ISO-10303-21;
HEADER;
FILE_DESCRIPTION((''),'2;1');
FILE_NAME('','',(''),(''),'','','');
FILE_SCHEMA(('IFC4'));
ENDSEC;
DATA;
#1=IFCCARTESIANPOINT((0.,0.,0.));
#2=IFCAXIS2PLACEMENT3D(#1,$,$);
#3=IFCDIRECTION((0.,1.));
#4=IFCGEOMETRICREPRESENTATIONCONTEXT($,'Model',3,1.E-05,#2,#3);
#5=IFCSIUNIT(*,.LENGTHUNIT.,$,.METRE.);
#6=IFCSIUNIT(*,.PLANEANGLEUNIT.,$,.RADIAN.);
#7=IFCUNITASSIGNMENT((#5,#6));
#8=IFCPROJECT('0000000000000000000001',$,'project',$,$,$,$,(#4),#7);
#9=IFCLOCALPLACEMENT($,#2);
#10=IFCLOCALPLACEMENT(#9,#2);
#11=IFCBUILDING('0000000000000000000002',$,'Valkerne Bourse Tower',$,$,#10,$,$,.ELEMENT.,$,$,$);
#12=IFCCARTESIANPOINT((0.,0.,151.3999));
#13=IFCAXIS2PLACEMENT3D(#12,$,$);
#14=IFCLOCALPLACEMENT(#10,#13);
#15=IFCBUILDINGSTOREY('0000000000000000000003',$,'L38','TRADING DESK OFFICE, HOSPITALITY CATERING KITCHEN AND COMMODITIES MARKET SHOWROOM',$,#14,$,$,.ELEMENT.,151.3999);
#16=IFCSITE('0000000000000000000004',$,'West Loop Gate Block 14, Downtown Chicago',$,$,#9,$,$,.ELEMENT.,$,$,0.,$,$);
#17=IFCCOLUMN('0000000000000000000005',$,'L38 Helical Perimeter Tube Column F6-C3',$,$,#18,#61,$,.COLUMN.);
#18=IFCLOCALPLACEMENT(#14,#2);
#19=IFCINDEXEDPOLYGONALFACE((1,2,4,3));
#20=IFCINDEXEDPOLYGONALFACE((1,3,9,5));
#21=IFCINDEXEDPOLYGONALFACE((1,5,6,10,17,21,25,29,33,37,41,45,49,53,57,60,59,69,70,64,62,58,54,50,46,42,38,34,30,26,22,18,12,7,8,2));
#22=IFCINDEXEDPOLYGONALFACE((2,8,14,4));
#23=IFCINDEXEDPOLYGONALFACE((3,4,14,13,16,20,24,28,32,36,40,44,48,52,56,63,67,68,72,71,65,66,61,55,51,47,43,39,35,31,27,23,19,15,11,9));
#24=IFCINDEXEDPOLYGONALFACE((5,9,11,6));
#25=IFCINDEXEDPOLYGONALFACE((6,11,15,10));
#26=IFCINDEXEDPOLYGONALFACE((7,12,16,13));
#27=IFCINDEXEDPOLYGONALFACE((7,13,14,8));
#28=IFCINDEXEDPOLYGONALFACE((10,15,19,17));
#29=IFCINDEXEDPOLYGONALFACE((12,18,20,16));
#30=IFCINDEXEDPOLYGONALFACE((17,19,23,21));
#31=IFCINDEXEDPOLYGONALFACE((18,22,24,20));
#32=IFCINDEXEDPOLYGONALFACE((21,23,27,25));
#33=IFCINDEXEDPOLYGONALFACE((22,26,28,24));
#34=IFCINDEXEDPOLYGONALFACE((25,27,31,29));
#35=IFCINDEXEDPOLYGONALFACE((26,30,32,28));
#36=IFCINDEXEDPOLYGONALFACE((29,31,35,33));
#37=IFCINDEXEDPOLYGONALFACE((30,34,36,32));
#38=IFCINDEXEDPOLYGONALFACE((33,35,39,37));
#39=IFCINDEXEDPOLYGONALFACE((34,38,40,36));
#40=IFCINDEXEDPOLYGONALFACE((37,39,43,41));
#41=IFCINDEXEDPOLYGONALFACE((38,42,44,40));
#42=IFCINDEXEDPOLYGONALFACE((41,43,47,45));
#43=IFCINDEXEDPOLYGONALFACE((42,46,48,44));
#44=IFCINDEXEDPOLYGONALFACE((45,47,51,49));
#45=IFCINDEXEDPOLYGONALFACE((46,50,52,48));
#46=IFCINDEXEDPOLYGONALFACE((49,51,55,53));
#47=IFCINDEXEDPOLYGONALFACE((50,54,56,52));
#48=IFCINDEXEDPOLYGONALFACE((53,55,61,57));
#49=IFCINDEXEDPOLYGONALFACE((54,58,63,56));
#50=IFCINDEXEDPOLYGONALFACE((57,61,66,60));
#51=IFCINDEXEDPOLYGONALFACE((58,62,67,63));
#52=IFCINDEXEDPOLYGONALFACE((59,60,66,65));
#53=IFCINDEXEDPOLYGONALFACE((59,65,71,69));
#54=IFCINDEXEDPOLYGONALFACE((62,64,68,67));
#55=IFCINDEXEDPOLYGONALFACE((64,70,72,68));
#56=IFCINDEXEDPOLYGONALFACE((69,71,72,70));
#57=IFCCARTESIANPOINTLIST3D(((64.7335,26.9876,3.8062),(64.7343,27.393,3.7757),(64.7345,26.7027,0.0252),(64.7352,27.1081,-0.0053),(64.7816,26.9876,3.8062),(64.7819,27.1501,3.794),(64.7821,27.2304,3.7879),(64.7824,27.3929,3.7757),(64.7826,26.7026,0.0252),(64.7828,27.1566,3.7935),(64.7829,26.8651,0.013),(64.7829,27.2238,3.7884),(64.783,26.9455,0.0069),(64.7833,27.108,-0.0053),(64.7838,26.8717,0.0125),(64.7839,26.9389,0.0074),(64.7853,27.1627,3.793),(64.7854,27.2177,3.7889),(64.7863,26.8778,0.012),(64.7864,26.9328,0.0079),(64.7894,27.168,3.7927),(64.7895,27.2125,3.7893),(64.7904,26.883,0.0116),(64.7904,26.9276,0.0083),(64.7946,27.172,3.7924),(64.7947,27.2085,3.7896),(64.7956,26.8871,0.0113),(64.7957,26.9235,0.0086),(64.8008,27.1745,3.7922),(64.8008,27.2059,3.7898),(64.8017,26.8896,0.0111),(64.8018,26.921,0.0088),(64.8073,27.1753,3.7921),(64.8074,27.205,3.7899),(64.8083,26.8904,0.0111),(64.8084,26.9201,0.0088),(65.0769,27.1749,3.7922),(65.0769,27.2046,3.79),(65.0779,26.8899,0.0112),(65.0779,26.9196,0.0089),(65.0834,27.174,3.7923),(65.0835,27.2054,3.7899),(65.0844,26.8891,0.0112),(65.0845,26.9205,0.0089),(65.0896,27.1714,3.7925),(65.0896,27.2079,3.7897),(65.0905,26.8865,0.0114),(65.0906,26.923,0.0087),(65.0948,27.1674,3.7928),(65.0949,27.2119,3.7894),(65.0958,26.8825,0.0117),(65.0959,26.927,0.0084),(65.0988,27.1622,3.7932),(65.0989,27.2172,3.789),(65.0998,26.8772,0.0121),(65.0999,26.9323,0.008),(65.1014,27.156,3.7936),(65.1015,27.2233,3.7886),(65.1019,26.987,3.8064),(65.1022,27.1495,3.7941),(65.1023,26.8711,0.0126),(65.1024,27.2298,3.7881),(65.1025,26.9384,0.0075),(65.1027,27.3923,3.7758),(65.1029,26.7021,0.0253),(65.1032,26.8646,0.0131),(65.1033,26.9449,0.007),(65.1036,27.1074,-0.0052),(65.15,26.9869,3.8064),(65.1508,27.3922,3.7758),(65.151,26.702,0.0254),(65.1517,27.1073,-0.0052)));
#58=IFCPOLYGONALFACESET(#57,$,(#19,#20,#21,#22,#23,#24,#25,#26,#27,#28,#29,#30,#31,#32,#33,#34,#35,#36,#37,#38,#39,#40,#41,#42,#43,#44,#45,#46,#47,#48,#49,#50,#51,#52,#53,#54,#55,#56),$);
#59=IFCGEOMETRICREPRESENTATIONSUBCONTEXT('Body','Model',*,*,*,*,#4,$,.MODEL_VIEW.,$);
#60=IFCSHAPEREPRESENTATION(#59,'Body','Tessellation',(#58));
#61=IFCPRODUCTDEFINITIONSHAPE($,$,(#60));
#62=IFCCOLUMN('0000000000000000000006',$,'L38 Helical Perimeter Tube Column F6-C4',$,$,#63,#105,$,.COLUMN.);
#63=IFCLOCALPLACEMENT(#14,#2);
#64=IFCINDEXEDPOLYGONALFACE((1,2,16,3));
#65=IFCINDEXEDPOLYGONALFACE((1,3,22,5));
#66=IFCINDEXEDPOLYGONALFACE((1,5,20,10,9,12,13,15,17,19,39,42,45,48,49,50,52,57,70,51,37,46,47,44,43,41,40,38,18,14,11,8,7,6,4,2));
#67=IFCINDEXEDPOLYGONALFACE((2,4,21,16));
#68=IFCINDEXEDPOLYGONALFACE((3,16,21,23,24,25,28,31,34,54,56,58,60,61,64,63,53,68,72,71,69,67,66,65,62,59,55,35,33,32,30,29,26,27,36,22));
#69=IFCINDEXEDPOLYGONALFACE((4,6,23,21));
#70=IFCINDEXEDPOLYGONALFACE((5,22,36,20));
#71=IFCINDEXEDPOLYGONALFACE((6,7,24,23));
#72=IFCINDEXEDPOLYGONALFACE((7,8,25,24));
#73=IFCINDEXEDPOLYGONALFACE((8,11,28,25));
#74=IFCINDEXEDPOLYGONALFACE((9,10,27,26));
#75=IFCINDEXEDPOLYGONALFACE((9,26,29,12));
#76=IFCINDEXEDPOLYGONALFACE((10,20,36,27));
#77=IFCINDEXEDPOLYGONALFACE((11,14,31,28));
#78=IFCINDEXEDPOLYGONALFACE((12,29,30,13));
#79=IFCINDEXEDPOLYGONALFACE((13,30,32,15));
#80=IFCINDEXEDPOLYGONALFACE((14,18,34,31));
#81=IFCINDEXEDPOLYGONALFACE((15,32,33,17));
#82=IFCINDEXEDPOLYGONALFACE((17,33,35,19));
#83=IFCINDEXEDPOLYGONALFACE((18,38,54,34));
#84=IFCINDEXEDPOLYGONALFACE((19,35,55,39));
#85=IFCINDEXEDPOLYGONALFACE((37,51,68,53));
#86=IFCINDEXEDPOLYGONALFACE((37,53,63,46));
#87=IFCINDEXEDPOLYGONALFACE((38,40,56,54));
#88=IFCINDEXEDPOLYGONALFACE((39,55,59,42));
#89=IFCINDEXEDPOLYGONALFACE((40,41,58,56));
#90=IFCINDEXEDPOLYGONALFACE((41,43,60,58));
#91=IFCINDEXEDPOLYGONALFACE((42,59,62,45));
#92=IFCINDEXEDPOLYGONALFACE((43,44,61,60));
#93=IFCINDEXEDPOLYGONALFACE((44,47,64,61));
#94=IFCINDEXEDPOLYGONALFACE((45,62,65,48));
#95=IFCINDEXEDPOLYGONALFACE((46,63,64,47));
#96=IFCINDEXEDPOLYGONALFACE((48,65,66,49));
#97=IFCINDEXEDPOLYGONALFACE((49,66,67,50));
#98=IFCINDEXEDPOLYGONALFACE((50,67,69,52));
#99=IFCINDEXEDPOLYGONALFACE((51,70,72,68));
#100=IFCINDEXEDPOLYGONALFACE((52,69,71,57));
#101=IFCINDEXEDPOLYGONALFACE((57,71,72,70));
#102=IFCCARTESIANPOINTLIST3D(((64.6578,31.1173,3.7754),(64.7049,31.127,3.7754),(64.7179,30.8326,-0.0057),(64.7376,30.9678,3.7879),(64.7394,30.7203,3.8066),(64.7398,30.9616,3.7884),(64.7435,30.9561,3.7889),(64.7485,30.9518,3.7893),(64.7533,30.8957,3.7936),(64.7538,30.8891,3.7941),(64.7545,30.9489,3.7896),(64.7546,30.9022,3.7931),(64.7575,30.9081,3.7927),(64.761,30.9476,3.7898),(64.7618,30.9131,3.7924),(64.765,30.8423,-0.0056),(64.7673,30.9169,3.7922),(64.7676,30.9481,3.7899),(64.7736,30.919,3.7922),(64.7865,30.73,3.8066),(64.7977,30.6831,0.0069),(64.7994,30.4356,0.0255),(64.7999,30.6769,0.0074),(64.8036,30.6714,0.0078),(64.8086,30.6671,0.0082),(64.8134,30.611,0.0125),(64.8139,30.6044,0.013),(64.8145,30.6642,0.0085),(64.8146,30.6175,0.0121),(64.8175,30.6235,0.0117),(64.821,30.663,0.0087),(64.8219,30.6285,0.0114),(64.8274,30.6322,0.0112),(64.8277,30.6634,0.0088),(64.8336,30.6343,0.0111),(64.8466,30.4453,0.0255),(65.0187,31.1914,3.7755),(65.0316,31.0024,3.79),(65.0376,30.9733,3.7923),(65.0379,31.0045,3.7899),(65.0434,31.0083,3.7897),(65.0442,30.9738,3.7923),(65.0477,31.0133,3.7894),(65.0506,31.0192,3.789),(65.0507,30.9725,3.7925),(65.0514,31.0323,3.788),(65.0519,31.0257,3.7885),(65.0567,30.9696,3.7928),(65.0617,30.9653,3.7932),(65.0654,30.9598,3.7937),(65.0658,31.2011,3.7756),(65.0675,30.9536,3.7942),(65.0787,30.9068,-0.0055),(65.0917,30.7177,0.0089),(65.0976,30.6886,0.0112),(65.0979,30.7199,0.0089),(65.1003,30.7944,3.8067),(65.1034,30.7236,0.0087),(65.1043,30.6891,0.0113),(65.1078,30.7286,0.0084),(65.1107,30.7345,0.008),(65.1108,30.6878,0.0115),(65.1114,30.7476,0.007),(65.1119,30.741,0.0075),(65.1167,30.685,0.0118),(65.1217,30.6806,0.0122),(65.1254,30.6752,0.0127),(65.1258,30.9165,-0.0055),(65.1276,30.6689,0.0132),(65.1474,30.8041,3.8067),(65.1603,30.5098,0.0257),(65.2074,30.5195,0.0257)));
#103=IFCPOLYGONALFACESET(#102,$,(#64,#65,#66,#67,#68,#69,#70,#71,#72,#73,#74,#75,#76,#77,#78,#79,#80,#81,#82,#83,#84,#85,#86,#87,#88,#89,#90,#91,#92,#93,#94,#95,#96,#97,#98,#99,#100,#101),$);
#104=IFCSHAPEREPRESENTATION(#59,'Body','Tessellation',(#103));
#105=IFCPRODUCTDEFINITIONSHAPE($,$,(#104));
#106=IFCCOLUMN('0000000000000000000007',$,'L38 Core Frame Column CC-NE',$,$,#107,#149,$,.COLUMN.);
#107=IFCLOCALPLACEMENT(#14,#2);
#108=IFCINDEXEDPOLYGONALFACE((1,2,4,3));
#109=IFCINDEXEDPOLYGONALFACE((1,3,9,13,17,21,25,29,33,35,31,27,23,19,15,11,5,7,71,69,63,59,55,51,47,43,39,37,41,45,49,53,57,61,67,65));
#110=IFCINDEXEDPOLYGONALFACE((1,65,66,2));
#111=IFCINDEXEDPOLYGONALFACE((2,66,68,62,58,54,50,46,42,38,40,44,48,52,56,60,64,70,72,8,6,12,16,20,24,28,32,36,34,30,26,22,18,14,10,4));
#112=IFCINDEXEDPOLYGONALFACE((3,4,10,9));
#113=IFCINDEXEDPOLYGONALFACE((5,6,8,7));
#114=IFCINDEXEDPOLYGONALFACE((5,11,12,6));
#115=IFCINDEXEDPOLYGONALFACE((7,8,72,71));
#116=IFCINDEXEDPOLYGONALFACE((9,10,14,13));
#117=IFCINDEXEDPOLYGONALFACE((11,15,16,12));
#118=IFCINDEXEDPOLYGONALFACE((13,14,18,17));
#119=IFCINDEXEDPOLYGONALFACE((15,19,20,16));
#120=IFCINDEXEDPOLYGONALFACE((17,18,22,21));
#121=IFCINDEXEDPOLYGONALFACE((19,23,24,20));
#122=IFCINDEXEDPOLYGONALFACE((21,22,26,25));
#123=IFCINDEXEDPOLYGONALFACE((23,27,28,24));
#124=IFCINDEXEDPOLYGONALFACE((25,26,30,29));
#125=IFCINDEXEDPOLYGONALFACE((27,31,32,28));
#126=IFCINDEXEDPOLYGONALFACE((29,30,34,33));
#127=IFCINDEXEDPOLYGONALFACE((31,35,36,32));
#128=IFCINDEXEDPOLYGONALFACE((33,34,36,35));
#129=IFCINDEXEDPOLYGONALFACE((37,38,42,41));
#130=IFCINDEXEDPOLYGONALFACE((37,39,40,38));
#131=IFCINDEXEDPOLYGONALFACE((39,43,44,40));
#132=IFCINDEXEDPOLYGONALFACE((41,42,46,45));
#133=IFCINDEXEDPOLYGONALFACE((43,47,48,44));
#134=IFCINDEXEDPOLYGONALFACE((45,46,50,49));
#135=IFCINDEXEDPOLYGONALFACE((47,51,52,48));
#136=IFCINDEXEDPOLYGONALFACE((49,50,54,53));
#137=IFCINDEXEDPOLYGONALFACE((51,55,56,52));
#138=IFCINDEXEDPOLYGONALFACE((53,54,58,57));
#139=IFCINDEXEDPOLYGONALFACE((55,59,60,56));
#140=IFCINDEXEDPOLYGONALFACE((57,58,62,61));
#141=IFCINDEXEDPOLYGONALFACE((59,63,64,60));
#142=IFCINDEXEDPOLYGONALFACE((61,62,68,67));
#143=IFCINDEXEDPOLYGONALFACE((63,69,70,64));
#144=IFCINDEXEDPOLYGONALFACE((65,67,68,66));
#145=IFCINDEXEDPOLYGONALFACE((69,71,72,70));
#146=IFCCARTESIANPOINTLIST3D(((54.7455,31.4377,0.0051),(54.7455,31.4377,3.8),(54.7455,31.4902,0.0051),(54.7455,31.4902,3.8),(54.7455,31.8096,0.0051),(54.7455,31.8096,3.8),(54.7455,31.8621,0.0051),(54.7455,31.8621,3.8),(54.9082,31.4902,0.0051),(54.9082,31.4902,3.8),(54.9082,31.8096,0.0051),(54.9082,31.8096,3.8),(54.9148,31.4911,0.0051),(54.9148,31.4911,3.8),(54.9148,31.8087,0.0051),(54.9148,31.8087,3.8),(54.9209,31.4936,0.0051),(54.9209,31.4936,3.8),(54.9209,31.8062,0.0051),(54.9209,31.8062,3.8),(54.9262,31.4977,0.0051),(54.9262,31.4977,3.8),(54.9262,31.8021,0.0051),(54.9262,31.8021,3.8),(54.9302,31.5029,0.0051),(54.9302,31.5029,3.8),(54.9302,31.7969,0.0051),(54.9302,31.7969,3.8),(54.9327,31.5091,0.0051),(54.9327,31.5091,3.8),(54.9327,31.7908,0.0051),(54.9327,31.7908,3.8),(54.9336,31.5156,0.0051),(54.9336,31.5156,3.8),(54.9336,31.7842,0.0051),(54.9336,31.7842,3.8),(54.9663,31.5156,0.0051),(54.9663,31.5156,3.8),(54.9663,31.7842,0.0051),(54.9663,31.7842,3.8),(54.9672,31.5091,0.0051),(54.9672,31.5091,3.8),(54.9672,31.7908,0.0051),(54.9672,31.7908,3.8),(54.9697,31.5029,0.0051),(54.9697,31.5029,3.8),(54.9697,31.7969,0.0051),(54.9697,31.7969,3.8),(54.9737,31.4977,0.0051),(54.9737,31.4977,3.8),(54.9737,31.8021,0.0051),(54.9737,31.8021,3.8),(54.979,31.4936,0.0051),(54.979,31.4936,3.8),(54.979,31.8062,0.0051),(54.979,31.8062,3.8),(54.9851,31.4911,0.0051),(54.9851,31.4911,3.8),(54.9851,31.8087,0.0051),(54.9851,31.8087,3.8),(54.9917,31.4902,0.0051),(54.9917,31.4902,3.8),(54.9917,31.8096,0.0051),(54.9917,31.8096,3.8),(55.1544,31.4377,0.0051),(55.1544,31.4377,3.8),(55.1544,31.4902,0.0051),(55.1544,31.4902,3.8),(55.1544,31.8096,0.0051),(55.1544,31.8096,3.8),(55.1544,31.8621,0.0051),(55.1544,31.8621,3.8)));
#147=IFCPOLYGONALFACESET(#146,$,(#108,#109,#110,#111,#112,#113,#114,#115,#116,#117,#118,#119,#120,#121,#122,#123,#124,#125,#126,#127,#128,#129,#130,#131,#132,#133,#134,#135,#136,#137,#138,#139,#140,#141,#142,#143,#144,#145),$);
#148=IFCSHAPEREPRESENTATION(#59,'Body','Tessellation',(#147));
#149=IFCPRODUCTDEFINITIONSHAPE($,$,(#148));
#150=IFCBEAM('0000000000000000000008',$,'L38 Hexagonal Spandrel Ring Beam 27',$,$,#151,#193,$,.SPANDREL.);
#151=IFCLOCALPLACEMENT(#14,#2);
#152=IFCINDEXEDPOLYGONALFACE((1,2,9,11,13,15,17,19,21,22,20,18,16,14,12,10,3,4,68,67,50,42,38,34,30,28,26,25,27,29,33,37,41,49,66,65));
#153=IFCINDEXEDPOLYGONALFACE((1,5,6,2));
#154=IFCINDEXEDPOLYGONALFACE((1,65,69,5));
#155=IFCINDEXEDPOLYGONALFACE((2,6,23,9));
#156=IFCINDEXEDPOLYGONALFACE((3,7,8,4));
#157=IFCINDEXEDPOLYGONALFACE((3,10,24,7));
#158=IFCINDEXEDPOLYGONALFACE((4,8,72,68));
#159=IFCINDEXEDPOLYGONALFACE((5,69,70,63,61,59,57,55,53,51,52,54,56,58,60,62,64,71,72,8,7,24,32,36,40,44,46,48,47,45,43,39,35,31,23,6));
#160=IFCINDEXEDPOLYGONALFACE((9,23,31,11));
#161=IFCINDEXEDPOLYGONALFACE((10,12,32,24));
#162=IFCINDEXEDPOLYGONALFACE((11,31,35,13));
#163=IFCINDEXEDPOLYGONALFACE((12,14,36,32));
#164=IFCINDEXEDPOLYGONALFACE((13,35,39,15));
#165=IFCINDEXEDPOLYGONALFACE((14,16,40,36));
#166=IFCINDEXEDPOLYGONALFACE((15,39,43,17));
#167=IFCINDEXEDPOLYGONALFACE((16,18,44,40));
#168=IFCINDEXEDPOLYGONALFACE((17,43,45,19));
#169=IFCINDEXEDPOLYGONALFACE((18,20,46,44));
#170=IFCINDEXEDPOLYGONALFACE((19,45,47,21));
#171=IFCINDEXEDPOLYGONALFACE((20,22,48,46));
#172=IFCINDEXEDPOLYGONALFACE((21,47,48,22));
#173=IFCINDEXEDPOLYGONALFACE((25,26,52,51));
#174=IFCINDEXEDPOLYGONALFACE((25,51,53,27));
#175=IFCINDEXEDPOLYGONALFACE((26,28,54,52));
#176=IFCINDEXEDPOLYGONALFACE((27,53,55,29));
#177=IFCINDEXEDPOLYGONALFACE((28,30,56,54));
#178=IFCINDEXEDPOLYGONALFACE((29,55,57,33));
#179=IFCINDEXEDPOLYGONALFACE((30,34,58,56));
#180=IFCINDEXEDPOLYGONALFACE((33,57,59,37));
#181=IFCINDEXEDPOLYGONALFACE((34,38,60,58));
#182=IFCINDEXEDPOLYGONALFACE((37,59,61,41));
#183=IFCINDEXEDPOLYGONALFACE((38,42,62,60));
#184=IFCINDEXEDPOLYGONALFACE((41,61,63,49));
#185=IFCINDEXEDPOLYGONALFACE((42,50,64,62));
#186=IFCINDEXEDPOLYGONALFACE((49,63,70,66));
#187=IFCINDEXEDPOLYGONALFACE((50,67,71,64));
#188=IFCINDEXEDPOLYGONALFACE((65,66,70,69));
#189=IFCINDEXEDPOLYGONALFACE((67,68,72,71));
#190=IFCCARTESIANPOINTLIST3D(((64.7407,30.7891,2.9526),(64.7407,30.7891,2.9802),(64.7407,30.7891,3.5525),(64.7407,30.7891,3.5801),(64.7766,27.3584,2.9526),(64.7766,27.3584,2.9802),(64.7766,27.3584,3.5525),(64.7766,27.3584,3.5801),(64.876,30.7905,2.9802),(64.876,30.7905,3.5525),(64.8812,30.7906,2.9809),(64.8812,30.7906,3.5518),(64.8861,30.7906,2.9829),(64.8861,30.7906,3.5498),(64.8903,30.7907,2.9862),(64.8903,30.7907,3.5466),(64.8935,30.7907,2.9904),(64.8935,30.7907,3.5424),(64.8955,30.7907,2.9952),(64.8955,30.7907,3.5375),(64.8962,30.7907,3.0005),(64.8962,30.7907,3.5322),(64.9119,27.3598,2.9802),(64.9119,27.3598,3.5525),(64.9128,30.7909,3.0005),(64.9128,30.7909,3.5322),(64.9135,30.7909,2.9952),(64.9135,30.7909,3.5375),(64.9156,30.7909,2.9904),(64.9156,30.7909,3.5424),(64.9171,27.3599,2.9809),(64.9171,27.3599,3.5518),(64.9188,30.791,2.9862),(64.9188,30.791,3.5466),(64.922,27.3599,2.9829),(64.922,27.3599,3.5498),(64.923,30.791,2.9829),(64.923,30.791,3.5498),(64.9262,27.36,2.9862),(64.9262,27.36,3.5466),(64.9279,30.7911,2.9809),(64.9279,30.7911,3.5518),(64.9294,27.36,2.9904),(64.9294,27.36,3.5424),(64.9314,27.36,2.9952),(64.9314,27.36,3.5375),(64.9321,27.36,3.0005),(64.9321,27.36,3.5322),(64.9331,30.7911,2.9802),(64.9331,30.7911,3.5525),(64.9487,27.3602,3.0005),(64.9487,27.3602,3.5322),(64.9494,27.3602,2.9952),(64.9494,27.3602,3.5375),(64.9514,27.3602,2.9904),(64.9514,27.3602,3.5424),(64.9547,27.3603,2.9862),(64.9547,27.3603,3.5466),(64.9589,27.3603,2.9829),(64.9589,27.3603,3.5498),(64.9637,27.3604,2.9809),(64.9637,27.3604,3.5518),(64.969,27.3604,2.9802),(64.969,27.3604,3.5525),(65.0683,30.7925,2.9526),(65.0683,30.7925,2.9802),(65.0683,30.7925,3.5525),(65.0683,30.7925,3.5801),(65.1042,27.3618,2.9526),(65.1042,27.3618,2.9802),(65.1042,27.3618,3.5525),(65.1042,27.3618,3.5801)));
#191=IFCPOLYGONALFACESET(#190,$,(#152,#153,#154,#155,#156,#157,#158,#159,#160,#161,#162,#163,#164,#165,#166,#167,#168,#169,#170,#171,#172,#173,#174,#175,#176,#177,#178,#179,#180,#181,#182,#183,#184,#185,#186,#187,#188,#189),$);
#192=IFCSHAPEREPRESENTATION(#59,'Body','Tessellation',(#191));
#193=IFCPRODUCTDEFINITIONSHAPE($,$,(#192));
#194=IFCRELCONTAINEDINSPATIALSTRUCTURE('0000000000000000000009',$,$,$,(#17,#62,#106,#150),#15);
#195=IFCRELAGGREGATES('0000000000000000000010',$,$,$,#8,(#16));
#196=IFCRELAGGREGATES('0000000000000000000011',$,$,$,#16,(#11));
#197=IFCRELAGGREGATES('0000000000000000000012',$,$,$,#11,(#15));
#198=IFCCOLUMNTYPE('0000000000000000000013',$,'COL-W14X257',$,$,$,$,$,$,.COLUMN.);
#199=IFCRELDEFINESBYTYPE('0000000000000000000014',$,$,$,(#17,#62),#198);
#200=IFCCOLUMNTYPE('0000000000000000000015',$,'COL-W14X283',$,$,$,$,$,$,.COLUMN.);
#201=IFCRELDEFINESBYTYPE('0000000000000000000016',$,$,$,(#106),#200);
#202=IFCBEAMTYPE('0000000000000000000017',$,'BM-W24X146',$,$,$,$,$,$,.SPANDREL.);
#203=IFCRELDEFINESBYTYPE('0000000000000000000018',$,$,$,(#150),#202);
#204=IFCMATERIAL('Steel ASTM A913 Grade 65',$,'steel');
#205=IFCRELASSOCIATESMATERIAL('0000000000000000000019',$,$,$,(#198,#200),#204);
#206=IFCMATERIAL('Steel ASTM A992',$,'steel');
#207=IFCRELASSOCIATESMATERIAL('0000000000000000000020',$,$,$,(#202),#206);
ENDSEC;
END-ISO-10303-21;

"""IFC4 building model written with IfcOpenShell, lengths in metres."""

from ifc_helpers import new_model, si_unit, direction, frame, origin, origin_2d, place, context, subcontext, project, spatial, i_section, extrude, material, material_profile, profile_set, type_object, element, save


model = new_model("IFC4")

# Units and contexts
model_context = context("Model", 3, precision=1e-05, world=origin(), true_north=direction((0.0, 1.0)))
body_context = subcontext(model_context, "Body", "Model", "MODEL_VIEW")
ifc_project = project(units=[si_unit("LENGTHUNIT", "METRE"), si_unit("PLANEANGLEUNIT", "RADIAN")], contexts=[model_context])

# Site, building, storey
site_placement = place(None, origin())
site = spatial("IfcSite", under=ifc_project, at=site_placement, Name="West Loop Gate Block 14, Downtown Chicago", CompositionType="ELEMENT", RefElevation=0.0)
building_placement = place(site_placement, origin())
building = spatial("IfcBuilding", under=site, at=building_placement, Name="Valkerne Bourse Tower", CompositionType="ELEMENT")
storey_placement = place(building_placement, frame((0.0, 0.0, 151.3999)))
storey = spatial("IfcBuildingStorey", under=building, at=storey_placement, Name="L38", Description="TRADING DESK OFFICE, HOSPITALITY CATERING KITCHEN AND COMMODITIES MARKET SHOWROOM", CompositionType="ELEMENT", Elevation=151.3999)

# Columns
ifc_material_1 = material(Name="Steel ASTM A913 Grade 65", Category="steel")
ifc_material_profile_1 = material_profile(ifc_material_1, i_section(OverallWidth=0.4065, OverallDepth=0.4165, WebThickness=0.0298, FlangeThickness=0.0481, FilletRadius=0.0254, at=origin_2d()), Name="W14X257")
ifc_profile_set_1 = profile_set([ifc_material_profile_1], Name="Steel ASTM A913 Grade 65")
column_type_1 = type_object("IfcColumnType", Name="COL-W14X257", PredefinedType="COLUMN", material=ifc_profile_set_1)
column_1_placement = place(storey_placement, frame((64.9431, 26.905, 0.01), z_axis=(-0.000258, 0.07514, 0.997173), x_axis=(-0.001818, -0.997171, 0.07514)))
element("IfcColumn", 1, at=column_1_placement, inside=storey, type_object=column_type_1, Name="L38 Helical Perimeter Tube Column F6-C3", PredefinedType="COLUMN", context=body_context, shape_type="SweptSolid", body=[
    extrude(i_section(OverallWidth=0.4065, OverallDepth=0.4165, WebThickness=0.0298, FlangeThickness=0.0481, FilletRadius=0.0254, at=origin_2d()), origin(), (0.0, 0.0, 1.0), 3.7917),
])
column_2_placement = place(storey_placement, frame((64.9626, 30.676, 0.01), z_axis=(-0.015837, 0.075067, 0.997053), x_axis=(0.200699, -0.976644, 0.076718)))
element("IfcColumn", 2, at=column_2_placement, inside=storey, type_object=column_type_1, Name="L38 Helical Perimeter Tube Column F6-C4", PredefinedType="COLUMN", context=body_context, shape_type="SweptSolid", body=[
    extrude(i_section(OverallWidth=0.4065, OverallDepth=0.4165, WebThickness=0.0298, FlangeThickness=0.0481, FilletRadius=0.0254, at=origin_2d()), origin(), (0.0, 0.0, 1.0), 3.7922),
])
ifc_material_profile_2 = material_profile(ifc_material_1, i_section(OverallWidth=0.4089, OverallDepth=0.4243, WebThickness=0.0327, FlangeThickness=0.0525, FilletRadius=0.0254, at=origin_2d()), Name="W14X283")
ifc_profile_set_2 = profile_set([ifc_material_profile_2], Name="Steel ASTM A913 Grade 65")
column_type_2 = type_object("IfcColumnType", Name="COL-W14X283", PredefinedType="COLUMN", material=ifc_profile_set_2)
column_3_placement = place(storey_placement, frame((54.95, 31.6499, 0.0051), z_axis=(0.0, 0.0, 1.0), x_axis=(1.0, 0.0, 0.0)))
element("IfcColumn", 3, at=column_3_placement, inside=storey, type_object=column_type_2, Name="L38 Core Frame Column CC-NE", PredefinedType="COLUMN", context=body_context, shape_type="SweptSolid", body=[
    extrude(i_section(OverallWidth=0.4089, OverallDepth=0.4243, WebThickness=0.0327, FlangeThickness=0.0525, FilletRadius=0.0254, at=origin_2d()), origin(), (0.0, 0.0, 1.0), 3.7949),
])

# Beam
ifc_material_2 = material(Name="Steel ASTM A992", Category="steel")
ifc_material_profile_3 = material_profile(ifc_material_2, i_section(OverallWidth=0.3276, OverallDepth=0.6274, WebThickness=0.0166, FlangeThickness=0.0276, FilletRadius=0.0203, at=origin_2d()), Name="W24X146")
ifc_profile_set_3 = profile_set([ifc_material_profile_3], Name="Steel ASTM A992")
beam_type_1 = type_object("IfcBeamType", Name="BM-W24X146", PredefinedType="SPANDREL", material=ifc_profile_set_3)
for number, where, z_axis, x_axis, name in (
    (4, (64.9404, 27.3601, 3.2664), (-0.010461, 0.999945, 0.0), (-0.999945, -0.010461, 0.0), "L38 Hexagonal Spandrel Ring Beam 27"),
):
    element("IfcBeam", number, at=place(storey_placement, frame(where, z_axis=z_axis, x_axis=x_axis)), inside=storey, type_object=beam_type_1, Name=name, PredefinedType="SPANDREL", context=body_context, shape_type="SweptSolid", body=[
        extrude(i_section(OverallWidth=0.3276, OverallDepth=0.6274, WebThickness=0.0166, FlangeThickness=0.0276, FilletRadius=0.0203, at=origin_2d()), origin(), (0.0, 0.0, 1.0), 3.4309),
    ])

save(model, "model.ifc")
